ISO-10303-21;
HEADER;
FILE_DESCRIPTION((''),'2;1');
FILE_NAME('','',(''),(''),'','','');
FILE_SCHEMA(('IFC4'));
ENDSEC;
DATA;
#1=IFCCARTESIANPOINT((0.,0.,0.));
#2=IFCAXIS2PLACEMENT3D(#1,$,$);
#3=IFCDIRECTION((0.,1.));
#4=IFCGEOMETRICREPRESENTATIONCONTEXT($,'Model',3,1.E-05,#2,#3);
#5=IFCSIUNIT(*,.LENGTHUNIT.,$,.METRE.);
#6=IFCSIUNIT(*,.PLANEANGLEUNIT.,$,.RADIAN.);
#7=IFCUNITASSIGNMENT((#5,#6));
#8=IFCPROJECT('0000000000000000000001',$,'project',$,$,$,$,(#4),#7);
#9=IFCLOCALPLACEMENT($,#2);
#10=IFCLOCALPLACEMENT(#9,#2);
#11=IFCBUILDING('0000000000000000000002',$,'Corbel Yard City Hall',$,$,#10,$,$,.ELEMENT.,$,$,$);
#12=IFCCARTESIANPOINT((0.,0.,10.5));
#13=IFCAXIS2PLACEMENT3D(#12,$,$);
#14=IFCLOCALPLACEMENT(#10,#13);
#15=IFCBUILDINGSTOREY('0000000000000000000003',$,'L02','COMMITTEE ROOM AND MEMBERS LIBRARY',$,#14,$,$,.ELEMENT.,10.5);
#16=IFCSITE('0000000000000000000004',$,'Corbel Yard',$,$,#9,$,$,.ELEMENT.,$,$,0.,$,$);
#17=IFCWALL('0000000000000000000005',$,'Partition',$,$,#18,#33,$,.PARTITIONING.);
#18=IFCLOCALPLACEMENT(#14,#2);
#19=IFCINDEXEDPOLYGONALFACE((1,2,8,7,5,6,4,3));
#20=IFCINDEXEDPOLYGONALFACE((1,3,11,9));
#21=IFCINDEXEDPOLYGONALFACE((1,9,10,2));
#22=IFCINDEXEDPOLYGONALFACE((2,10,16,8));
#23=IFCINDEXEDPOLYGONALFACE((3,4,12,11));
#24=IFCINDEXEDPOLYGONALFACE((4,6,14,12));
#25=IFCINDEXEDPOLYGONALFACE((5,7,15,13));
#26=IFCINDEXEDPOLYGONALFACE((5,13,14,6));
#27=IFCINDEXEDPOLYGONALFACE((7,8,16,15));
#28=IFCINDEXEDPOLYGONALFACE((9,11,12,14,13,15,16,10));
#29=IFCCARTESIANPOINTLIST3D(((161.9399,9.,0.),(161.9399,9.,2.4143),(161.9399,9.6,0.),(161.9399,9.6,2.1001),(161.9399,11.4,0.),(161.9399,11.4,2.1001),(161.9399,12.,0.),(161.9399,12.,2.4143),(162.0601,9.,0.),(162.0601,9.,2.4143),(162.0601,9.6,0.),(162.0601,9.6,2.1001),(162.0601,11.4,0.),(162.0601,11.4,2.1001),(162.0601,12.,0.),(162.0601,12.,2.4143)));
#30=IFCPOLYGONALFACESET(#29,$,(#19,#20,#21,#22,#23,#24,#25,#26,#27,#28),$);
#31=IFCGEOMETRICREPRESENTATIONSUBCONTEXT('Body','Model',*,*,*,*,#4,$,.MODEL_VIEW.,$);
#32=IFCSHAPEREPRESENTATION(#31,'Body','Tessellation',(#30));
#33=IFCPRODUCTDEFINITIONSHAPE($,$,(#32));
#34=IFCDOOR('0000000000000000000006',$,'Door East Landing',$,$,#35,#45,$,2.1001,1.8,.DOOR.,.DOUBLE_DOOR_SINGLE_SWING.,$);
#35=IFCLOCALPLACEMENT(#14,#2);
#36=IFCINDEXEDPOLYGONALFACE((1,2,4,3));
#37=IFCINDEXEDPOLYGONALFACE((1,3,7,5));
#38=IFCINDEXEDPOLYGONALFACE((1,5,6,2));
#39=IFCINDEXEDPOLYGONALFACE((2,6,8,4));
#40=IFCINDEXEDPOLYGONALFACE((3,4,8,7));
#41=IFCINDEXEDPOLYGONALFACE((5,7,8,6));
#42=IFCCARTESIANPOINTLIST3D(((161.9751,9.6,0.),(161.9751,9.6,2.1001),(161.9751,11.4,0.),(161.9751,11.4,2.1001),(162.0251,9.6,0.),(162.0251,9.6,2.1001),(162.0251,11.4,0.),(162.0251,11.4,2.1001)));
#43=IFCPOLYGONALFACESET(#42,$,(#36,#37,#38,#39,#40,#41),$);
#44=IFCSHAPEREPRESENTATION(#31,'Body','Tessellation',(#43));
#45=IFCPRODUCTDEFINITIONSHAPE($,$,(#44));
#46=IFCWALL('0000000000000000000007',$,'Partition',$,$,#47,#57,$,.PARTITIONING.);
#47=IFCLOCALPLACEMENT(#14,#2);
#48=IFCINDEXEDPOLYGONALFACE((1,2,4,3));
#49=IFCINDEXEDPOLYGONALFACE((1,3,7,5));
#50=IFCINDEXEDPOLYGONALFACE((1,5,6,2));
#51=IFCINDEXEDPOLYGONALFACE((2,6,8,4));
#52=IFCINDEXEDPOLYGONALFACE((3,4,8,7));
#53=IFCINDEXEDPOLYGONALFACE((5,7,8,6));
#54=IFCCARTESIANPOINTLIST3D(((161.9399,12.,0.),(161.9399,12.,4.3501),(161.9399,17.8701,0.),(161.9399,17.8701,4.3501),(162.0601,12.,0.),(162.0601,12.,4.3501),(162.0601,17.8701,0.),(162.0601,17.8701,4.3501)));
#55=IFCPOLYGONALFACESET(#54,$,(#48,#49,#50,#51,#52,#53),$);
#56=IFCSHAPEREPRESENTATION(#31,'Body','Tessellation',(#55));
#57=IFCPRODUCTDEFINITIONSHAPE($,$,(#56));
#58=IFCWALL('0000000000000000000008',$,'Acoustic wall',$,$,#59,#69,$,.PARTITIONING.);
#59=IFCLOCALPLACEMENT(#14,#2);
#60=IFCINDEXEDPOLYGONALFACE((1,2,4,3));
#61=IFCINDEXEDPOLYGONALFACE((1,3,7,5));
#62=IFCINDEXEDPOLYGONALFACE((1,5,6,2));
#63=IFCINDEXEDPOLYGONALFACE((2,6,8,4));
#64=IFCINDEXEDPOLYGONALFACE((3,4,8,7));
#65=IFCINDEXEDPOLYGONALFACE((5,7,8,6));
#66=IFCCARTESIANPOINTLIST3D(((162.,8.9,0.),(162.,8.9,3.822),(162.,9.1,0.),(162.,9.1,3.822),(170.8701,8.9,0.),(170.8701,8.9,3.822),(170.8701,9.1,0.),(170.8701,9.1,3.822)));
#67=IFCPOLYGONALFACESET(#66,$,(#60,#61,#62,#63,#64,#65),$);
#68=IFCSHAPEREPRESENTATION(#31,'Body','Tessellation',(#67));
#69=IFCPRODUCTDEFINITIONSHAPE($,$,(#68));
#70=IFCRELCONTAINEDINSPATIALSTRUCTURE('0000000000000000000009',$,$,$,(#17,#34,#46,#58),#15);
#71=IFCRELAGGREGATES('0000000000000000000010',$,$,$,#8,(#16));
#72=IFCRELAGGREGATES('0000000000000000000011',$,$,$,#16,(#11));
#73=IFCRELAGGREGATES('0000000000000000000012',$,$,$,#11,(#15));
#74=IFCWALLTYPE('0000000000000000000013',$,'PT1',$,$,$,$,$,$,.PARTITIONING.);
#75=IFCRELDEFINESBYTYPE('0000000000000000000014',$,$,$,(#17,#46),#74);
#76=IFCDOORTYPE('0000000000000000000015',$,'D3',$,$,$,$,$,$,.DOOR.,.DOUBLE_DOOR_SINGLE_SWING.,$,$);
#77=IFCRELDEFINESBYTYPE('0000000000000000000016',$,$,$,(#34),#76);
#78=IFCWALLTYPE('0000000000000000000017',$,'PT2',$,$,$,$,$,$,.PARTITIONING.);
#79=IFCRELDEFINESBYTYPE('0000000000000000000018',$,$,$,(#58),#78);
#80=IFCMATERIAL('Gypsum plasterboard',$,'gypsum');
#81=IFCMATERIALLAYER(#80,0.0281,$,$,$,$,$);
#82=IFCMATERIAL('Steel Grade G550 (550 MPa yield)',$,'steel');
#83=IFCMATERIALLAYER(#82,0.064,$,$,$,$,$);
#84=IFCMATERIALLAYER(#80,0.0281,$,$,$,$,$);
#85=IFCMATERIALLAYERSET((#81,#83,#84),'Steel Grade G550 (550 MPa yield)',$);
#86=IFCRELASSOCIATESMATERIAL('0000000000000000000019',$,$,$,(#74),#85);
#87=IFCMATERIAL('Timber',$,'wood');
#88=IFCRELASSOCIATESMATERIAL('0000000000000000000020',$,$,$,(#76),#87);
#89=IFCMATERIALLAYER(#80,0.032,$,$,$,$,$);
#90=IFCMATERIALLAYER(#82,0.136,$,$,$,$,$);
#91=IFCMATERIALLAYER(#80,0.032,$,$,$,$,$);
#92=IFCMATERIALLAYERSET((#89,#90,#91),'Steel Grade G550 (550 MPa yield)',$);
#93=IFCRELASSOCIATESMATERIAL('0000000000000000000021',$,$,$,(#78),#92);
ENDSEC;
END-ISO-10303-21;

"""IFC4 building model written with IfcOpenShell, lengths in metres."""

from ifc_helpers import new_model, si_unit, direction, frame, frame_2d, origin, place, context, subcontext, project, spatial, rectangle, extrude, material, layer, layer_set, type_object, element, fill, save


model = new_model("IFC4")

# Units and contexts
model_context = context("Model", 3, precision=1e-05, world=origin(), true_north=direction((0.0, 1.0)))
body_context = subcontext(model_context, "Body", "Model", "MODEL_VIEW")
ifc_project = project(units=[si_unit("LENGTHUNIT", "METRE"), si_unit("PLANEANGLEUNIT", "RADIAN")], contexts=[model_context])

# Site, building, storey
site_placement = place(None, origin())
site = spatial("IfcSite", under=ifc_project, at=site_placement, Name="Corbel Yard", CompositionType="ELEMENT", RefElevation=0.0)
building_placement = place(site_placement, origin())
building = spatial("IfcBuilding", under=site, at=building_placement, Name="Corbel Yard City Hall", CompositionType="ELEMENT")
storey_placement = place(building_placement, frame((0.0, 0.0, 10.5)))
storey = spatial("IfcBuildingStorey", under=building, at=storey_placement, Name="L02", Description="COMMITTEE ROOM AND MEMBERS LIBRARY", CompositionType="ELEMENT", Elevation=10.5)

# Shared definitions
ifc_material_1 = material(Name="Gypsum plasterboard", Category="gypsum")

# Wall, opening, door
ifc_layer_1 = layer(ifc_material_1, 0.0281)
ifc_material_2 = material(Name="Steel Grade G550 (550 MPa yield)", Category="steel")
ifc_layer_2 = layer(ifc_material_2, 0.064)
ifc_layer_3 = layer(ifc_material_1, 0.0281)
ifc_layer_set_1 = layer_set([ifc_layer_1, ifc_layer_2, ifc_layer_3], Name="Steel Grade G550 (550 MPa yield)")
wall_type_1 = type_object("IfcWallType", Name="PT1", PredefinedType="PARTITIONING", material=ifc_layer_set_1)
wall_1_placement = place(storey_placement, frame((162.0, 9.0, 0.0), z_axis=(0.0, 0.0, 1.0), x_axis=(0.0, 1.0, 0.0)))
wall_1 = element("IfcWall", 1, at=wall_1_placement, inside=storey, type_object=wall_type_1, Name="Partition", PredefinedType="PARTITIONING", context=body_context, shape_type="SweptSolid", body=[
    extrude(rectangle(XDim=3.0, YDim=0.1201, at=frame_2d((1.5, 0.0))), origin(), (0.0, 0.0, 1.0), 2.4143),
])
opening_1_placement = place(wall_1_placement, frame((0.6001, 0.0, 0.0)))
opening_1 = element("IfcOpeningElement", 2, at=opening_1_placement, cuts=wall_1, PredefinedType="OPENING", context=body_context, shape_type="SweptSolid", body=[
    extrude(rectangle(XDim=1.8, YDim=2.1001, at=frame_2d((0.8999, 1.05))), frame((0.0, 0.0701, 0.0), z_axis=(0.0, -1.0, 0.0), x_axis=(1.0, 0.0, 0.0)), (0.0, 0.0, 1.0), 0.1401),
])
ifc_material_3 = material(Name="Timber", Category="wood")
door_type = type_object("IfcDoorType", Name="D3", OperationType="DOUBLE_DOOR_SINGLE_SWING", PredefinedType="DOOR", material=ifc_material_3)
door_placement = place(opening_1_placement, origin())
door = element("IfcDoor", 3, at=door_placement, inside=storey, type_object=door_type, Name="Door East Landing", OperationType="DOUBLE_DOOR_SINGLE_SWING", OverallHeight=2.1001, OverallWidth=1.8, PredefinedType="DOOR", context=body_context, shape_type="SweptSolid", body=[
    extrude(rectangle(XDim=1.8, YDim=2.1001, at=frame_2d((0.8999, 1.05))), frame((0.0, 0.0249, 0.0), z_axis=(0.0, -1.0, 0.0), x_axis=(1.0, 0.0, 0.0)), (0.0, 0.0, 1.0), 0.05),
])
fill(opening_1, door)

# Walls
wall_2_placement = place(storey_placement, frame((162.0, 12.0, 0.0), z_axis=(0.0, 0.0, 1.0), x_axis=(0.0, 1.0, 0.0)))
element("IfcWall", 4, at=wall_2_placement, inside=storey, type_object=wall_type_1, Name="Partition", PredefinedType="PARTITIONING", context=body_context, shape_type="SweptSolid", body=[
    extrude(rectangle(XDim=5.8701, YDim=0.1201, at=frame_2d((2.9351, 0.0))), origin(), (0.0, 0.0, 1.0), 4.3501),
])
ifc_layer_4 = layer(ifc_material_1, 0.032)
ifc_layer_5 = layer(ifc_material_2, 0.136)
ifc_layer_6 = layer(ifc_material_1, 0.032)
ifc_layer_set_2 = layer_set([ifc_layer_4, ifc_layer_5, ifc_layer_6], Name="Steel Grade G550 (550 MPa yield)")
wall_type_2 = type_object("IfcWallType", Name="PT2", PredefinedType="PARTITIONING", material=ifc_layer_set_2)
wall_3_placement = place(storey_placement, frame((162.0, 9.0, 0.0), z_axis=(0.0, 0.0, 1.0), x_axis=(1.0, 0.0, 0.0)))
element("IfcWall", 5, at=wall_3_placement, inside=storey, type_object=wall_type_2, Name="Acoustic wall", PredefinedType="PARTITIONING", context=body_context, shape_type="SweptSolid", body=[
    extrude(rectangle(XDim=8.8701, YDim=0.2, at=frame_2d((4.4351, 0.0))), origin(), (0.0, 0.0, 1.0), 3.822),
])

save(model, "model.ifc")
